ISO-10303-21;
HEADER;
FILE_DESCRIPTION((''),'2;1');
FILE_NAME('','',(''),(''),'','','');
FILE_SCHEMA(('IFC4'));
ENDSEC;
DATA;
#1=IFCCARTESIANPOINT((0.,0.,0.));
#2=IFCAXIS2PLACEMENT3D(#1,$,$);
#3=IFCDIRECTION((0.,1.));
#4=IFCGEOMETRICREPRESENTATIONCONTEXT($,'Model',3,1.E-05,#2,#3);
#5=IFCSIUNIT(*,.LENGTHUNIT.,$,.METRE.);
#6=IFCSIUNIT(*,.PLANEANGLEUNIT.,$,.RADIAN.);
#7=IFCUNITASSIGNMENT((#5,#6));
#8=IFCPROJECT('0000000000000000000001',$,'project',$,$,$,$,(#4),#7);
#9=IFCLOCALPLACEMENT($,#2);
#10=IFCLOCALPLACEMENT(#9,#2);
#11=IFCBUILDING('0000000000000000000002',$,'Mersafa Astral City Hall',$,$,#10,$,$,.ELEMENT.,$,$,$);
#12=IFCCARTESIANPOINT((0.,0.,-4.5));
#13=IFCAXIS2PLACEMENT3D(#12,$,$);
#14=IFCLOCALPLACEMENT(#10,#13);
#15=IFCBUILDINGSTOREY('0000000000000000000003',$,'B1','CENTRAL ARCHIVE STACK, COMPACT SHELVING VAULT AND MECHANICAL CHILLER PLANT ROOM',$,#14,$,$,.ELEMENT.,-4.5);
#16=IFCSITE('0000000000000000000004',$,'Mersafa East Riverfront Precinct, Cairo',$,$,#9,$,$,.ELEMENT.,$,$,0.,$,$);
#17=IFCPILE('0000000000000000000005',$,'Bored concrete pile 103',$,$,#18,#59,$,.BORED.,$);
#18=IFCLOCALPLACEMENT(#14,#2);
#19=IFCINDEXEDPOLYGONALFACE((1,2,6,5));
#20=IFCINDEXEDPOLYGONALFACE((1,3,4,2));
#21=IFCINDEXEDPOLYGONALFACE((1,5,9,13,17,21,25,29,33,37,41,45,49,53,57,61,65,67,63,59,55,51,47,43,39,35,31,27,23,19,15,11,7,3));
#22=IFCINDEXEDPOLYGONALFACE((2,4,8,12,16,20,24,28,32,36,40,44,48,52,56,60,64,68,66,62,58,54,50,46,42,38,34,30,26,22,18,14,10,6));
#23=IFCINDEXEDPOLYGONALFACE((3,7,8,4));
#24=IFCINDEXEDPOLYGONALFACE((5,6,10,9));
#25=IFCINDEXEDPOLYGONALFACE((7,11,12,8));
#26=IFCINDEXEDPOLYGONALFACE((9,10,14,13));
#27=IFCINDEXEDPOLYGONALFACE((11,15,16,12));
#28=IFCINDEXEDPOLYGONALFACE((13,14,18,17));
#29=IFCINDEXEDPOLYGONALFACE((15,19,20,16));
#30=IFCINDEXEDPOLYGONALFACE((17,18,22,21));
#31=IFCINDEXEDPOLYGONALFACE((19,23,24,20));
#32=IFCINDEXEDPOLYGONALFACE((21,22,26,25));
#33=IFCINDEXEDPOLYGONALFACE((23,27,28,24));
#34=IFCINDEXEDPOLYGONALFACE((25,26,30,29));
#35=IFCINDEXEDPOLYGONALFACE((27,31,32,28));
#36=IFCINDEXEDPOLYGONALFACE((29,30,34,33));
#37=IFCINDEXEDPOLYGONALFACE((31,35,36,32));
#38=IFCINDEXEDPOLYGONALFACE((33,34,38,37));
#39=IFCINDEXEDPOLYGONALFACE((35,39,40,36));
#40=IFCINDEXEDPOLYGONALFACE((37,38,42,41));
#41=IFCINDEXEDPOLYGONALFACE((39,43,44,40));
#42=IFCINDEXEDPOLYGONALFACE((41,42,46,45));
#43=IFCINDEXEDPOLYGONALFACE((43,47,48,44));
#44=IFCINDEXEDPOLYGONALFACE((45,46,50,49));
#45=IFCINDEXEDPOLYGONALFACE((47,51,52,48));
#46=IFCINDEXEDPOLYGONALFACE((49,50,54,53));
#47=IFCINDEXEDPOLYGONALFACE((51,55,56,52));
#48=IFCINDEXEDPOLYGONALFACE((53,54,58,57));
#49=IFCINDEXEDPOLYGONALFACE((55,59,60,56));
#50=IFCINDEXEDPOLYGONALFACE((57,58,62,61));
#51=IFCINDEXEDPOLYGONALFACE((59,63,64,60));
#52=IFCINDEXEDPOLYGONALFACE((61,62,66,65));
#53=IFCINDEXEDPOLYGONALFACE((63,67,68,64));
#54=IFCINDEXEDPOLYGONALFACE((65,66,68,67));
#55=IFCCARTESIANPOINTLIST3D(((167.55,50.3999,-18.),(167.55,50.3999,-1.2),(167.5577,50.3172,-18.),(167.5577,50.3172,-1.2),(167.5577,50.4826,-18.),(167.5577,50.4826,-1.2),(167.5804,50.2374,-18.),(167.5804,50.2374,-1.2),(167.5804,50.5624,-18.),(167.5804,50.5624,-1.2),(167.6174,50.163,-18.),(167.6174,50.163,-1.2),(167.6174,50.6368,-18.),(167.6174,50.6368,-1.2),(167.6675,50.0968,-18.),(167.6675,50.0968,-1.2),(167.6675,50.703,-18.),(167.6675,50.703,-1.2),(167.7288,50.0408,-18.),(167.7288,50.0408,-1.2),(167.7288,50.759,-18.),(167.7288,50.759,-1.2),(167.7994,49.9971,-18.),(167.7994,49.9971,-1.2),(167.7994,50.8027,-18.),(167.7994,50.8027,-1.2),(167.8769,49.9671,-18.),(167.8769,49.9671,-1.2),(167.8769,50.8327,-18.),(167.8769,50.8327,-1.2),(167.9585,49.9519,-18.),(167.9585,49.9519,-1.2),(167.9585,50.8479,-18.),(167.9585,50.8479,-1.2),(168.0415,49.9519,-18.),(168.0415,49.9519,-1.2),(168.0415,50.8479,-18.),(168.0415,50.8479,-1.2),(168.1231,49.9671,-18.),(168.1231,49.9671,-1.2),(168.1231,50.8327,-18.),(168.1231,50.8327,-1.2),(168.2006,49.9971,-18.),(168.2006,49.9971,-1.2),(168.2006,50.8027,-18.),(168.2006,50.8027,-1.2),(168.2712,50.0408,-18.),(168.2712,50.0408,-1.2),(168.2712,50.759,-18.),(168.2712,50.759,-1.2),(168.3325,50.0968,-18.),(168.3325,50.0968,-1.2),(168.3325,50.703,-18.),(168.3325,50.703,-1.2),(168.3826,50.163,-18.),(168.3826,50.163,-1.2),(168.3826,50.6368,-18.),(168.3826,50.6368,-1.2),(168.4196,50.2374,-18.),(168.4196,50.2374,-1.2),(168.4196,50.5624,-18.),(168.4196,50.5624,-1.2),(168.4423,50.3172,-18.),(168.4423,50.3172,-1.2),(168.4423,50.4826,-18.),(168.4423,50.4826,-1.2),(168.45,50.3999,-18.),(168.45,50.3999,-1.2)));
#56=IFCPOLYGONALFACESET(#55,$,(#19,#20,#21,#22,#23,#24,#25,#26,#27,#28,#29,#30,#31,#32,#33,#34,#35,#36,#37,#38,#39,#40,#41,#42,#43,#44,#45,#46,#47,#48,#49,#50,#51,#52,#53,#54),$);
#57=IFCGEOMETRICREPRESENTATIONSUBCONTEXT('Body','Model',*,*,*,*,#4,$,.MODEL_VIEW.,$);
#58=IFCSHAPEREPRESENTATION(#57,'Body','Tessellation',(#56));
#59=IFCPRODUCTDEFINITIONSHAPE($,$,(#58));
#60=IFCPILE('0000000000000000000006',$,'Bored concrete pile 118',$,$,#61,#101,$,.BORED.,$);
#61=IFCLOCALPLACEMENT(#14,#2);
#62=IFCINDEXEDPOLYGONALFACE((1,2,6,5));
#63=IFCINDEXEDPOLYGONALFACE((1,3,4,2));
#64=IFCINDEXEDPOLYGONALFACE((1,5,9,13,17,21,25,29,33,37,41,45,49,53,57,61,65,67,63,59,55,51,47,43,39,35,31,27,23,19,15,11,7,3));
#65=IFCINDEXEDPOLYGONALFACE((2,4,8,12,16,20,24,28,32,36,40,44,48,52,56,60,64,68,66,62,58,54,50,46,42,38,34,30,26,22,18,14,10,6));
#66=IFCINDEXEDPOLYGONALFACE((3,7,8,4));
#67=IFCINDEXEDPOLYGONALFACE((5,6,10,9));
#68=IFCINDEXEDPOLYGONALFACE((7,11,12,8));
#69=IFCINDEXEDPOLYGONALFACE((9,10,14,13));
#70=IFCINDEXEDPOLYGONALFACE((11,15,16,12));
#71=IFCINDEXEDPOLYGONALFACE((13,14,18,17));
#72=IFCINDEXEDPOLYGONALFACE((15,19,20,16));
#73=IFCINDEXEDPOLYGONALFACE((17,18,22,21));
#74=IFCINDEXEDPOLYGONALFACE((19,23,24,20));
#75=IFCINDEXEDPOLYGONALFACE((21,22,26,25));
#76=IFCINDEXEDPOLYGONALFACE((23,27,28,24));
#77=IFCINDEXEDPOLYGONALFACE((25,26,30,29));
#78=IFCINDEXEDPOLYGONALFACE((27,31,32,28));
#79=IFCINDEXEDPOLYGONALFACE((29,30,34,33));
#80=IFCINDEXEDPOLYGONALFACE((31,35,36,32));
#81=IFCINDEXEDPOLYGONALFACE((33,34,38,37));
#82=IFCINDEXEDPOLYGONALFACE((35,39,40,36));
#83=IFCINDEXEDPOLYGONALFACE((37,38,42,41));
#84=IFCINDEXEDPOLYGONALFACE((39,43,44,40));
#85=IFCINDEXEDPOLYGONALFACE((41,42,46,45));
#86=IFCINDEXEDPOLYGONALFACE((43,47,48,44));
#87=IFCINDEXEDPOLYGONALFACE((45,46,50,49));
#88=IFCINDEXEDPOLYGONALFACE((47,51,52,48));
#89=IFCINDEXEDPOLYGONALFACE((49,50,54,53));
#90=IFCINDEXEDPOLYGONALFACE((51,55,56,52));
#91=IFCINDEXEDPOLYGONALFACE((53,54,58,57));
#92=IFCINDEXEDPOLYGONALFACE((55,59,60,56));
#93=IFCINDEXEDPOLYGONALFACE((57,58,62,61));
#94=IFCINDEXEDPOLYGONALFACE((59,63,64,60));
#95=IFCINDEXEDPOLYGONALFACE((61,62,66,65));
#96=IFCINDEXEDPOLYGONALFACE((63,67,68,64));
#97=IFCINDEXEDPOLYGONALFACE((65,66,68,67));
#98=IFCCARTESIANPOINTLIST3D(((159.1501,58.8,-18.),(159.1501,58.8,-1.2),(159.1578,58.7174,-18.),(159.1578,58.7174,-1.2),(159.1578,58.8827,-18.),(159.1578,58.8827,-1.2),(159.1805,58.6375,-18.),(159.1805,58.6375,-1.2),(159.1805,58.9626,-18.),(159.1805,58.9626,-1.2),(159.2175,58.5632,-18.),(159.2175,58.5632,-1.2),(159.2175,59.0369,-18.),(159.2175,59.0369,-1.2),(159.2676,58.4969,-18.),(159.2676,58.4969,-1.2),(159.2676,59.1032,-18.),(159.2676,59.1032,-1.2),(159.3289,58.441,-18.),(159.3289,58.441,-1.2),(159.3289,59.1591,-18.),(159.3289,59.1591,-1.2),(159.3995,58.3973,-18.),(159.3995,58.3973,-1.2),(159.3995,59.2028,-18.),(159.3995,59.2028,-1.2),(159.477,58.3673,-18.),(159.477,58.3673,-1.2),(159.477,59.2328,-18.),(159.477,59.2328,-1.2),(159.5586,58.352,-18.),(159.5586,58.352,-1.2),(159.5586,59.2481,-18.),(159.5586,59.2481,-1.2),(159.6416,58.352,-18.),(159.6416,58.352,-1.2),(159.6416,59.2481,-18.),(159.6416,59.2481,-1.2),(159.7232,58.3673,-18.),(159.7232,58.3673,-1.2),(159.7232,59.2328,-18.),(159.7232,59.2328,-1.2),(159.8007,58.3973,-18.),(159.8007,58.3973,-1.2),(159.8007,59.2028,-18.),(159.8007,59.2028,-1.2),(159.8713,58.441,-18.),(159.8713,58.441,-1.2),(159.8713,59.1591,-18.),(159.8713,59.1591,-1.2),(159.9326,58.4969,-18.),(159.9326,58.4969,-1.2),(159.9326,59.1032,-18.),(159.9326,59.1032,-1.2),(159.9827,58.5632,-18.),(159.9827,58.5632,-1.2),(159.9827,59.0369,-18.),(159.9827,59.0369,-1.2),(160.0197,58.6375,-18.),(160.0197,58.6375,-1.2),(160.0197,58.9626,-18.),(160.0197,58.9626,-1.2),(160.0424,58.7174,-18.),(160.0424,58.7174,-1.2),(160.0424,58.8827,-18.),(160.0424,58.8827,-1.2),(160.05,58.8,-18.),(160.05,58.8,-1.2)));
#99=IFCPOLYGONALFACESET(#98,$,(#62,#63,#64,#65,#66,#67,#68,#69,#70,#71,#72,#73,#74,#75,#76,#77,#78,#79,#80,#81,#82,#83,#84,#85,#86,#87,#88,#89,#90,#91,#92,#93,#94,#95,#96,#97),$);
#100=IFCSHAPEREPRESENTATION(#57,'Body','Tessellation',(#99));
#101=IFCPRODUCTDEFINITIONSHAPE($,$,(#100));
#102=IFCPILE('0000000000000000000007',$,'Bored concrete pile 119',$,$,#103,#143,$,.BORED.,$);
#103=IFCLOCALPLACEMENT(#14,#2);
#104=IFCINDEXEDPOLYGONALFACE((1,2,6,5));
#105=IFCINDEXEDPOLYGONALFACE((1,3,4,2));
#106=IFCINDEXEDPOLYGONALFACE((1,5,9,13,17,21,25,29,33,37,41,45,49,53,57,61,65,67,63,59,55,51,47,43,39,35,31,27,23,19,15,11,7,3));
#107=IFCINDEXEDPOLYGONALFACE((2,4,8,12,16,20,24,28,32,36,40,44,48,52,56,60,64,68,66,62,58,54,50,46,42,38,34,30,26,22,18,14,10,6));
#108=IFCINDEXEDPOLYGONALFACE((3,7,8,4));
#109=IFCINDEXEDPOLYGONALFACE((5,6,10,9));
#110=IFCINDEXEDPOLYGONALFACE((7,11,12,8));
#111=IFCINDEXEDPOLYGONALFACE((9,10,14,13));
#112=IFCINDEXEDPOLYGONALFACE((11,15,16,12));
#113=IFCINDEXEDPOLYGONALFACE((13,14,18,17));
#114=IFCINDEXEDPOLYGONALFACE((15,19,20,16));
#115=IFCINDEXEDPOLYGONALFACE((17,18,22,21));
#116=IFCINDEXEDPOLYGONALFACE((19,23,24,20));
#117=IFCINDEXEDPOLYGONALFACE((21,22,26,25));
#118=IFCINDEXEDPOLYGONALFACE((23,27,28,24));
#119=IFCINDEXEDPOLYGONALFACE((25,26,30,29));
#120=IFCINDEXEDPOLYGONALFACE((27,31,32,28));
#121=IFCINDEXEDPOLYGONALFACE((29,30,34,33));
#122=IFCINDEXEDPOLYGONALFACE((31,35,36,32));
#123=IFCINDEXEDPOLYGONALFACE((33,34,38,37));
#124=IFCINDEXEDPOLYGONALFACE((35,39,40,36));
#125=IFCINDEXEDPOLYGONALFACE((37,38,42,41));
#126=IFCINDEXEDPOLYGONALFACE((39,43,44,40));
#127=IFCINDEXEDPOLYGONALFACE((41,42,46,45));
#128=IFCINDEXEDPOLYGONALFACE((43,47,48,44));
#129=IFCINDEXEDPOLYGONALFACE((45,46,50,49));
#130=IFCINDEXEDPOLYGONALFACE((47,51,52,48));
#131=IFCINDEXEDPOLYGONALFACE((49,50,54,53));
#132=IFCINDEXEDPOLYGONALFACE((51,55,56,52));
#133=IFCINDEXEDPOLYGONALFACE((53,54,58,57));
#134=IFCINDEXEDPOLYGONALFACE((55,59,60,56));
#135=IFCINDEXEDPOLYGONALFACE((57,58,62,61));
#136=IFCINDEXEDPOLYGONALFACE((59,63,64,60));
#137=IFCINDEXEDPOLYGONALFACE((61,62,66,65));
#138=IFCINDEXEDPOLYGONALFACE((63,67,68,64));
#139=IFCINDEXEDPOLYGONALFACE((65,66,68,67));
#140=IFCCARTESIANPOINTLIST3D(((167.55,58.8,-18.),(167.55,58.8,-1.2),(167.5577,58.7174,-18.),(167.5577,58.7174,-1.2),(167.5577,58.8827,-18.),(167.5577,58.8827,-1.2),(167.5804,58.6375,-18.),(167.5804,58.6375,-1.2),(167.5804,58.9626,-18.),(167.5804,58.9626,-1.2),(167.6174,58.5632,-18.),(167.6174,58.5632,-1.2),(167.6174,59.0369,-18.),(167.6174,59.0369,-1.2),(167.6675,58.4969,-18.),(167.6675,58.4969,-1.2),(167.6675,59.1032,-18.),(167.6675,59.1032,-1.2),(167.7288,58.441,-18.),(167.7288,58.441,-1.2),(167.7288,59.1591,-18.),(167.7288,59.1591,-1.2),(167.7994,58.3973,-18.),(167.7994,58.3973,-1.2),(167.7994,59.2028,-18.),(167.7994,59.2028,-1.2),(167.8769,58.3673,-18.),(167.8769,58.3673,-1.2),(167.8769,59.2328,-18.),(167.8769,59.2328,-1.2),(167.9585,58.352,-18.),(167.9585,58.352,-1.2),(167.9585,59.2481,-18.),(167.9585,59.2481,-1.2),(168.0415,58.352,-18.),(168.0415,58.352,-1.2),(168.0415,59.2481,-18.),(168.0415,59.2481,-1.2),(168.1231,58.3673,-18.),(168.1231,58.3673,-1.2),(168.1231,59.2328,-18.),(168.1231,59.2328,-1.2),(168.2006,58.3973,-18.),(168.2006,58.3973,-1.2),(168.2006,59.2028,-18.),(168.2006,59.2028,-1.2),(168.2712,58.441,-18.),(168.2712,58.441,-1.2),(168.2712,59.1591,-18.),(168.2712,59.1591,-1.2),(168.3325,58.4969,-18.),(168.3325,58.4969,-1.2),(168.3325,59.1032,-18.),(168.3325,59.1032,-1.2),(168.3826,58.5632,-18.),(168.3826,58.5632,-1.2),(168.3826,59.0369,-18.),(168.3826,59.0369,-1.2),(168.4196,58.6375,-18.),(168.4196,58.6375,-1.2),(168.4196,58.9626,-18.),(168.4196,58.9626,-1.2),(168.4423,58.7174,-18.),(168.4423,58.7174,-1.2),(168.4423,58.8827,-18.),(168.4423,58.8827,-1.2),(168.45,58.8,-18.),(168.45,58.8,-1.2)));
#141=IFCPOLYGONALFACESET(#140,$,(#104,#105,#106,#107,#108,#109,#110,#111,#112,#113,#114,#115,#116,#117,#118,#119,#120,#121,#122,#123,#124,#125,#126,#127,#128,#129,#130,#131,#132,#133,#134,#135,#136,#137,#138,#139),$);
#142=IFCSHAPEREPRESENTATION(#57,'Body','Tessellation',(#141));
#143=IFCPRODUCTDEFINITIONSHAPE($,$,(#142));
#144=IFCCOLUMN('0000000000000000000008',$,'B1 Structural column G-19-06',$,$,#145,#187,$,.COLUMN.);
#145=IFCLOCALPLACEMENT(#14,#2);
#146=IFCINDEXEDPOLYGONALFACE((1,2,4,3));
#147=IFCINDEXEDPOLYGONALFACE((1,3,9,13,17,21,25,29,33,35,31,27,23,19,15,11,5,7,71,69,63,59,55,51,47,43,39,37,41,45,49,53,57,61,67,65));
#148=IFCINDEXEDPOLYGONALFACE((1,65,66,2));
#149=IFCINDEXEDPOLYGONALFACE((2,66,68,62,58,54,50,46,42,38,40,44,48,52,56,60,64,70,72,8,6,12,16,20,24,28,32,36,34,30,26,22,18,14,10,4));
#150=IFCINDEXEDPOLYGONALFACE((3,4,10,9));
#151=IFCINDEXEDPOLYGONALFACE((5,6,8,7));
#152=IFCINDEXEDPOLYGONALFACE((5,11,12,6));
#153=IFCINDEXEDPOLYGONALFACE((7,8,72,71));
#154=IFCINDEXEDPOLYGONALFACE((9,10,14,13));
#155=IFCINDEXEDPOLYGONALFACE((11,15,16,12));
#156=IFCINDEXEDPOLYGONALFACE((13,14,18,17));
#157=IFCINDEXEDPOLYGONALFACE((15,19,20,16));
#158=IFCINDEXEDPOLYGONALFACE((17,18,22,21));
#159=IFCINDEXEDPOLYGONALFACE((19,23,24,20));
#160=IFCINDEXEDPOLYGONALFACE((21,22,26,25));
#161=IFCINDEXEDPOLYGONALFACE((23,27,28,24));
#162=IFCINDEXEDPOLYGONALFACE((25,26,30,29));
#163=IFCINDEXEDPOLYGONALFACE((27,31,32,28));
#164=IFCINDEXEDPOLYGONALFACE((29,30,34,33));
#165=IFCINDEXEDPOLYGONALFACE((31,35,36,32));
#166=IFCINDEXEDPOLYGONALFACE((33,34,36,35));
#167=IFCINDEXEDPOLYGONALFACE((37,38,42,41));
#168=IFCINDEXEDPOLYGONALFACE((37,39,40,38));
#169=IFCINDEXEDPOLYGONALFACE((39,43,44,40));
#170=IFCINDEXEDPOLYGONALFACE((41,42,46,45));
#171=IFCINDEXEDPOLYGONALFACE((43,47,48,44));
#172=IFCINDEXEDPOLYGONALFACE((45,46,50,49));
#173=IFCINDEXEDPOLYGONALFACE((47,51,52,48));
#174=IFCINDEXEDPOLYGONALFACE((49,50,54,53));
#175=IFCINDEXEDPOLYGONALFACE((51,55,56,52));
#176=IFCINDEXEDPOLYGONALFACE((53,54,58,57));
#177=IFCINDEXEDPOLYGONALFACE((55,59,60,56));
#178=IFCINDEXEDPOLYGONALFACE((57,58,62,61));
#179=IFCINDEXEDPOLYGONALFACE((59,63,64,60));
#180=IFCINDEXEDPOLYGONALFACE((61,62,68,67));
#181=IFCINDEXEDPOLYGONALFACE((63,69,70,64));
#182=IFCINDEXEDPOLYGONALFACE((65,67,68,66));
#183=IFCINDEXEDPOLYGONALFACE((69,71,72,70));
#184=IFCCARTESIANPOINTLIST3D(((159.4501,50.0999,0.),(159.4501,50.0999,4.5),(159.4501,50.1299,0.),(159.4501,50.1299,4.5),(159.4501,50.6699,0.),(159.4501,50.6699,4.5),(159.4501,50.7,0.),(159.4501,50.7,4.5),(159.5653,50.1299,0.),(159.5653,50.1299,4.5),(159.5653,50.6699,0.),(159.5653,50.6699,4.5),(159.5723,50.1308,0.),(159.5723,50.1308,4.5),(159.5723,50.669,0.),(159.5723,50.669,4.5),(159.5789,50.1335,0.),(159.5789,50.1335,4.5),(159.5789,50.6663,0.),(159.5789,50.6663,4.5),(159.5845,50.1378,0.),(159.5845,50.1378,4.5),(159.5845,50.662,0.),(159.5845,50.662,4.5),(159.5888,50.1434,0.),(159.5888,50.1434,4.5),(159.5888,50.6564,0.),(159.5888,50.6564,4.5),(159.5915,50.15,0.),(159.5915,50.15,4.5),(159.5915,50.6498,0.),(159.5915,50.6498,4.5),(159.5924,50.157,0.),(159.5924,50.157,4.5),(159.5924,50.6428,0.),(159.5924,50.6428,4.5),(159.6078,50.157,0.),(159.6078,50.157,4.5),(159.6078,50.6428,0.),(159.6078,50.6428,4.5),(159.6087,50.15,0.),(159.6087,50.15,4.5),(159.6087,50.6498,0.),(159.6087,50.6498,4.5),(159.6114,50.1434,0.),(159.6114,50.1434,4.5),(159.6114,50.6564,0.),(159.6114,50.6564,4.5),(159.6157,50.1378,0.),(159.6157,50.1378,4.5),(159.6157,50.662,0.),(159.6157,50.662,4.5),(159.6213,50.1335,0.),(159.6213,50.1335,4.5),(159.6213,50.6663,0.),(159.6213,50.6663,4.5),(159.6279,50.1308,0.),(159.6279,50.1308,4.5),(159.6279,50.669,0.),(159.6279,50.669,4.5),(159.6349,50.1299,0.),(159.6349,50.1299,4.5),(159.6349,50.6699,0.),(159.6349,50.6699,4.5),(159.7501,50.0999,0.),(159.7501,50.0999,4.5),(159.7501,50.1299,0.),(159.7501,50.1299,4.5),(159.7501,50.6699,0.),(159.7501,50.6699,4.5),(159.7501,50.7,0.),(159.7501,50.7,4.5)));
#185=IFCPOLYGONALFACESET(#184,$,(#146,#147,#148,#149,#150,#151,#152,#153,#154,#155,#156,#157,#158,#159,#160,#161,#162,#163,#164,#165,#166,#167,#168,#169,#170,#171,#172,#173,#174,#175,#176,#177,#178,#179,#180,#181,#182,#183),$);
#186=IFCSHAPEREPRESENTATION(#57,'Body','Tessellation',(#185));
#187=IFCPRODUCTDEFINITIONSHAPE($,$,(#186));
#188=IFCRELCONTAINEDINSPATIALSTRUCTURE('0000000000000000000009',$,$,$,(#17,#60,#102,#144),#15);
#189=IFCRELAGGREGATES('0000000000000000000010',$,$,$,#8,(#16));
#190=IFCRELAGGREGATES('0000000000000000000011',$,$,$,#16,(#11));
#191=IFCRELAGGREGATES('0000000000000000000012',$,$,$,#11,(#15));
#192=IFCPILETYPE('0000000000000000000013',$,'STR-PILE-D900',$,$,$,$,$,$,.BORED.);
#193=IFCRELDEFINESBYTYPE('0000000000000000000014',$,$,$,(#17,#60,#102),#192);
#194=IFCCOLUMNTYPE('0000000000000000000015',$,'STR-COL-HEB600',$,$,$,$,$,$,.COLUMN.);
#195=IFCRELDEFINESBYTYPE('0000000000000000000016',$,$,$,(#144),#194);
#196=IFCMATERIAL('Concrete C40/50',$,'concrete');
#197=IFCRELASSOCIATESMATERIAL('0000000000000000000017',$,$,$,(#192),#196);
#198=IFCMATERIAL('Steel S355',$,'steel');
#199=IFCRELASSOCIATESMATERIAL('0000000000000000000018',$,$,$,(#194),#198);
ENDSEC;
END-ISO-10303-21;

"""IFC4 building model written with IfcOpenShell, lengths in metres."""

from ifc_helpers import new_model, si_unit, direction, frame, origin, origin_2d, place, context, subcontext, project, spatial, circle, i_section, extrude, material, material_profile, profile_set, type_object, element, save


model = new_model("IFC4")

# Units and contexts
model_context = context("Model", 3, precision=1e-05, world=origin(), true_north=direction((0.0, 1.0)))
body_context = subcontext(model_context, "Body", "Model", "MODEL_VIEW")
ifc_project = project(units=[si_unit("LENGTHUNIT", "METRE"), si_unit("PLANEANGLEUNIT", "RADIAN")], contexts=[model_context])

# Site, building, storey
site_placement = place(None, origin())
site = spatial("IfcSite", under=ifc_project, at=site_placement, Name="Mersafa East Riverfront Precinct, Cairo", CompositionType="ELEMENT", RefElevation=0.0)
building_placement = place(site_placement, origin())
building = spatial("IfcBuilding", under=site, at=building_placement, Name="Mersafa Astral City Hall", CompositionType="ELEMENT")
storey_placement = place(building_placement, frame((0.0, 0.0, -4.5)))
storey = spatial("IfcBuildingStorey", under=building, at=storey_placement, Name="B1", Description="CENTRAL ARCHIVE STACK, COMPACT SHELVING VAULT AND MECHANICAL CHILLER PLANT ROOM", CompositionType="ELEMENT", Elevation=-4.5)

# Shared definitions
ifc_material_1 = material(Name="Concrete C40/50", Category="concrete")

# Piles
ifc_material_profile_1 = material_profile(ifc_material_1, circle(Radius=0.45, at=origin_2d()), Name="PILE D900")
ifc_profile_set_1 = profile_set([ifc_material_profile_1], Name="Concrete C40/50")
pile_type = type_object("IfcPileType", Name="STR-PILE-D900", PredefinedType="BORED", material=ifc_profile_set_1)
for number, where, z_axis, x_axis, name in (
    (1, (168.0, 50.3999, -1.2), (0.0, 0.0, -1.0), (1.0, 0.0, 0.0), "Bored concrete pile 103"),
    (2, (159.6001, 58.8, -1.2), (0.0, 0.0, -1.0), (1.0, 0.0, 0.0), "Bored concrete pile 118"),
    (3, (168.0, 58.8, -1.2), (0.0, 0.0, -1.0), (1.0, 0.0, 0.0), "Bored concrete pile 119"),
):
    element("IfcPile", number, at=place(storey_placement, frame(where, z_axis=z_axis, x_axis=x_axis)), inside=storey, type_object=pile_type, Name=name, PredefinedType="BORED", context=body_context, shape_type="SweptSolid", body=[
        extrude(circle(Radius=0.45, at=origin_2d()), origin(), (0.0, 0.0, 1.0), 16.8),
    ])

# Column
ifc_material_2 = material(Name="Steel S355", Category="steel")
ifc_material_profile_2 = material_profile(ifc_material_2, i_section(OverallWidth=0.3, OverallDepth=0.6001, WebThickness=0.0154, FlangeThickness=0.03, FilletRadius=0.0271, at=origin_2d()), Name="HEB 600")
ifc_profile_set_2 = profile_set([ifc_material_profile_2], Name="Steel S355")
column_type = type_object("IfcColumnType", Name="STR-COL-HEB600", PredefinedType="COLUMN", material=ifc_profile_set_2)
for number, where, z_axis, x_axis, name in (
    (4, (159.6001, 50.3999, 0.0), (0.0, 0.0, 1.0), (1.0, 0.0, 0.0), "B1 Structural column G-19-06"),
):
    element("IfcColumn", number, at=place(storey_placement, frame(where, z_axis=z_axis, x_axis=x_axis)), inside=storey, type_object=column_type, Name=name, PredefinedType="COLUMN", context=body_context, shape_type="SweptSolid", body=[
        extrude(i_section(OverallWidth=0.3, OverallDepth=0.6001, WebThickness=0.0154, FlangeThickness=0.03, FilletRadius=0.0271, at=origin_2d()), origin(), (0.0, 0.0, 1.0), 4.5),
    ])

save(model, "model.ifc")
